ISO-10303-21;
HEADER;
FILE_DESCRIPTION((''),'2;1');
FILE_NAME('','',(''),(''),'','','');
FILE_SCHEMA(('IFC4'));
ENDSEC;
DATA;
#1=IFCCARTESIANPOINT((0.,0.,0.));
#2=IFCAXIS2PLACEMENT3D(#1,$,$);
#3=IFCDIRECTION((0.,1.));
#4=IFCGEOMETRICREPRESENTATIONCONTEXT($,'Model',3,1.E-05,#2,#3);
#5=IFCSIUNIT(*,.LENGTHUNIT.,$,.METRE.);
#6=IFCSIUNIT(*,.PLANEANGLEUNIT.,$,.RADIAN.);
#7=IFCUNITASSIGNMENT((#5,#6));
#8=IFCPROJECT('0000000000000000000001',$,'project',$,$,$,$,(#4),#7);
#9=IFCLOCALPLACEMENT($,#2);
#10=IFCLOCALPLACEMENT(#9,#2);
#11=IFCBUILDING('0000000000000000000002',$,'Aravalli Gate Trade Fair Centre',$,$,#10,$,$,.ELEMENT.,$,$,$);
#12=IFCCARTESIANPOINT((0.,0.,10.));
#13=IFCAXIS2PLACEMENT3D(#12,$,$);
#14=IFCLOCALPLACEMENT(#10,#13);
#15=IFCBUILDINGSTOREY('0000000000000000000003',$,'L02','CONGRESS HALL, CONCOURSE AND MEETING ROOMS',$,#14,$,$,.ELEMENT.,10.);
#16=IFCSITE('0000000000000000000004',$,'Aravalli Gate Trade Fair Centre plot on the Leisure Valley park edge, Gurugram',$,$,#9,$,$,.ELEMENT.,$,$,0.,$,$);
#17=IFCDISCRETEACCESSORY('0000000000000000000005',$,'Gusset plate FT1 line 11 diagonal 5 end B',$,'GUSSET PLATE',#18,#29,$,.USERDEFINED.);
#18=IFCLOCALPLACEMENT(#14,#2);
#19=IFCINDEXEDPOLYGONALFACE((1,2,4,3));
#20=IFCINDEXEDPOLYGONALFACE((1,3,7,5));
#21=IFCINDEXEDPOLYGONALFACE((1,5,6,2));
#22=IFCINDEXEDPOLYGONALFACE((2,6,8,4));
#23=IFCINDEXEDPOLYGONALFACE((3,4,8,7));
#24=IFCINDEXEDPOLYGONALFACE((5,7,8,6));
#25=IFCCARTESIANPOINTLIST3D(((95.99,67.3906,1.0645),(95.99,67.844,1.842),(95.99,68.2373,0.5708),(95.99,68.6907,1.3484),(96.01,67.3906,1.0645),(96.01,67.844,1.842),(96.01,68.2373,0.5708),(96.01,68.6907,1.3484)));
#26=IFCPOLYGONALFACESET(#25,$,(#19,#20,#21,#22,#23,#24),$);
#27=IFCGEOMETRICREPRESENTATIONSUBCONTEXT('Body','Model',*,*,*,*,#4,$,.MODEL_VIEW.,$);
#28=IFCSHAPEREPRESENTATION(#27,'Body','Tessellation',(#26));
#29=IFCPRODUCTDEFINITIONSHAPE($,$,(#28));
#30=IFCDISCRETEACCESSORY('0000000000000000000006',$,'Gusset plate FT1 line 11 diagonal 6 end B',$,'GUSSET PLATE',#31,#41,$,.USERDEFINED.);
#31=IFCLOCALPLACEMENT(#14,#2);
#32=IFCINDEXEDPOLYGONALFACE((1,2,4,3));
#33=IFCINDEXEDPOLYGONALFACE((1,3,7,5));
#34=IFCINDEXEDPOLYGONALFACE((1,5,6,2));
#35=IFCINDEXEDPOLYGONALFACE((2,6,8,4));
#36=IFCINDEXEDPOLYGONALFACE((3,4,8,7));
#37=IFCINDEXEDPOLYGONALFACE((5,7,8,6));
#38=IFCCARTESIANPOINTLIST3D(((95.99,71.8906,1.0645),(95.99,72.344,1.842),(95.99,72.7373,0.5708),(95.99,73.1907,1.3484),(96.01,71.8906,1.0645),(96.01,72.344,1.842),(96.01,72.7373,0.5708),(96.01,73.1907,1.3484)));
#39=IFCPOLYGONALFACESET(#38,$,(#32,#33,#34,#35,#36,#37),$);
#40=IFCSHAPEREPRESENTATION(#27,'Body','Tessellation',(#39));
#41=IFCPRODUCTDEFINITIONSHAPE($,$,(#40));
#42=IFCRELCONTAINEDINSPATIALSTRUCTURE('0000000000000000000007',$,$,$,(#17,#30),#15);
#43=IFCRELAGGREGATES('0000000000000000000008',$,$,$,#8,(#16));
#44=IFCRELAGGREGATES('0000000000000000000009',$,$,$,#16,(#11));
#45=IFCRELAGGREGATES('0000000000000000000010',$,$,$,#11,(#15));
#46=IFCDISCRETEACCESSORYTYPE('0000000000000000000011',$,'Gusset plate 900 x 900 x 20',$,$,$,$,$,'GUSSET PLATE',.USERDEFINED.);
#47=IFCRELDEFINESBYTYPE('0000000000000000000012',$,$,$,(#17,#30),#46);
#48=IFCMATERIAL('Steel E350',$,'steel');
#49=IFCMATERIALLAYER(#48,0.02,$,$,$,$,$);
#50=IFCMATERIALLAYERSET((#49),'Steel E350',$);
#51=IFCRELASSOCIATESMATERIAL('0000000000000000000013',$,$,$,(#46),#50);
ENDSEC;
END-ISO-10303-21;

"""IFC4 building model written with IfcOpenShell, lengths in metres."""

from ifc_helpers import new_model, si_unit, direction, frame, origin, place, context, subcontext, project, spatial, polyline, outline, extrude, material, layer, layer_set, type_object, element, save


model = new_model("IFC4")

# Units and contexts
model_context = context("Model", 3, precision=1e-05, world=origin(), true_north=direction((0.0, 1.0)))
body_context = subcontext(model_context, "Body", "Model", "MODEL_VIEW")
ifc_project = project(units=[si_unit("LENGTHUNIT", "METRE"), si_unit("PLANEANGLEUNIT", "RADIAN")], contexts=[model_context])

# Site, building, storey
site_placement = place(None, origin())
site = spatial("IfcSite", under=ifc_project, at=site_placement, Name="Aravalli Gate Trade Fair Centre plot on the Leisure Valley park edge, Gurugram", CompositionType="ELEMENT", RefElevation=0.0)
building_placement = place(site_placement, origin())
building = spatial("IfcBuilding", under=site, at=building_placement, Name="Aravalli Gate Trade Fair Centre", CompositionType="ELEMENT")
storey_placement = place(building_placement, frame((0.0, 0.0, 10.0)))
storey = spatial("IfcBuildingStorey", under=building, at=storey_placement, Name="L02", Description="CONGRESS HALL, CONCOURSE AND MEETING ROOMS", CompositionType="ELEMENT", Elevation=10.0)

# Shared definitions
ifc_material_1 = material(Name="Steel E350", Category="steel")

# Discrete accessories
ifc_layer_1 = layer(ifc_material_1, 0.02)
ifc_layer_set_1 = layer_set([ifc_layer_1], Name="Steel E350")
discrete_accessory_type_1 = type_object("IfcDiscreteAccessoryType", Name="Gusset plate 900 x 900 x 20", ElementType="GUSSET PLATE", PredefinedType="USERDEFINED", material=ifc_layer_set_1)
for number, where, z_axis, x_axis, name in (
    (1, (96.01, 67.3906, 1.0645), (1.0, 0.0, 0.0), (0.0, 0.863887, -0.503685), "Gusset plate FT1 line 11 diagonal 5 end B"),
    (2, (96.01, 71.8906, 1.0645), (1.0, 0.0, 0.0), (0.0, 0.863887, -0.503685), "Gusset plate FT1 line 11 diagonal 6 end B"),
):
    element("IfcDiscreteAccessory", number, at=place(storey_placement, frame(where, z_axis=z_axis, x_axis=x_axis)), inside=storey, type_object=discrete_accessory_type_1, Name=name, ObjectType="GUSSET PLATE", PredefinedType="USERDEFINED", context=body_context, shape_type="SweptSolid", body=[
        extrude(outline(polyline([(0.0, 0.0), (0.9801, 0.0), (0.9801, 0.9001), (0.0, 0.9001), (0.0, 0.0)])), origin(), (0.0, 0.0, -1.0), 0.02),
    ])

save(model, "model.ifc")
